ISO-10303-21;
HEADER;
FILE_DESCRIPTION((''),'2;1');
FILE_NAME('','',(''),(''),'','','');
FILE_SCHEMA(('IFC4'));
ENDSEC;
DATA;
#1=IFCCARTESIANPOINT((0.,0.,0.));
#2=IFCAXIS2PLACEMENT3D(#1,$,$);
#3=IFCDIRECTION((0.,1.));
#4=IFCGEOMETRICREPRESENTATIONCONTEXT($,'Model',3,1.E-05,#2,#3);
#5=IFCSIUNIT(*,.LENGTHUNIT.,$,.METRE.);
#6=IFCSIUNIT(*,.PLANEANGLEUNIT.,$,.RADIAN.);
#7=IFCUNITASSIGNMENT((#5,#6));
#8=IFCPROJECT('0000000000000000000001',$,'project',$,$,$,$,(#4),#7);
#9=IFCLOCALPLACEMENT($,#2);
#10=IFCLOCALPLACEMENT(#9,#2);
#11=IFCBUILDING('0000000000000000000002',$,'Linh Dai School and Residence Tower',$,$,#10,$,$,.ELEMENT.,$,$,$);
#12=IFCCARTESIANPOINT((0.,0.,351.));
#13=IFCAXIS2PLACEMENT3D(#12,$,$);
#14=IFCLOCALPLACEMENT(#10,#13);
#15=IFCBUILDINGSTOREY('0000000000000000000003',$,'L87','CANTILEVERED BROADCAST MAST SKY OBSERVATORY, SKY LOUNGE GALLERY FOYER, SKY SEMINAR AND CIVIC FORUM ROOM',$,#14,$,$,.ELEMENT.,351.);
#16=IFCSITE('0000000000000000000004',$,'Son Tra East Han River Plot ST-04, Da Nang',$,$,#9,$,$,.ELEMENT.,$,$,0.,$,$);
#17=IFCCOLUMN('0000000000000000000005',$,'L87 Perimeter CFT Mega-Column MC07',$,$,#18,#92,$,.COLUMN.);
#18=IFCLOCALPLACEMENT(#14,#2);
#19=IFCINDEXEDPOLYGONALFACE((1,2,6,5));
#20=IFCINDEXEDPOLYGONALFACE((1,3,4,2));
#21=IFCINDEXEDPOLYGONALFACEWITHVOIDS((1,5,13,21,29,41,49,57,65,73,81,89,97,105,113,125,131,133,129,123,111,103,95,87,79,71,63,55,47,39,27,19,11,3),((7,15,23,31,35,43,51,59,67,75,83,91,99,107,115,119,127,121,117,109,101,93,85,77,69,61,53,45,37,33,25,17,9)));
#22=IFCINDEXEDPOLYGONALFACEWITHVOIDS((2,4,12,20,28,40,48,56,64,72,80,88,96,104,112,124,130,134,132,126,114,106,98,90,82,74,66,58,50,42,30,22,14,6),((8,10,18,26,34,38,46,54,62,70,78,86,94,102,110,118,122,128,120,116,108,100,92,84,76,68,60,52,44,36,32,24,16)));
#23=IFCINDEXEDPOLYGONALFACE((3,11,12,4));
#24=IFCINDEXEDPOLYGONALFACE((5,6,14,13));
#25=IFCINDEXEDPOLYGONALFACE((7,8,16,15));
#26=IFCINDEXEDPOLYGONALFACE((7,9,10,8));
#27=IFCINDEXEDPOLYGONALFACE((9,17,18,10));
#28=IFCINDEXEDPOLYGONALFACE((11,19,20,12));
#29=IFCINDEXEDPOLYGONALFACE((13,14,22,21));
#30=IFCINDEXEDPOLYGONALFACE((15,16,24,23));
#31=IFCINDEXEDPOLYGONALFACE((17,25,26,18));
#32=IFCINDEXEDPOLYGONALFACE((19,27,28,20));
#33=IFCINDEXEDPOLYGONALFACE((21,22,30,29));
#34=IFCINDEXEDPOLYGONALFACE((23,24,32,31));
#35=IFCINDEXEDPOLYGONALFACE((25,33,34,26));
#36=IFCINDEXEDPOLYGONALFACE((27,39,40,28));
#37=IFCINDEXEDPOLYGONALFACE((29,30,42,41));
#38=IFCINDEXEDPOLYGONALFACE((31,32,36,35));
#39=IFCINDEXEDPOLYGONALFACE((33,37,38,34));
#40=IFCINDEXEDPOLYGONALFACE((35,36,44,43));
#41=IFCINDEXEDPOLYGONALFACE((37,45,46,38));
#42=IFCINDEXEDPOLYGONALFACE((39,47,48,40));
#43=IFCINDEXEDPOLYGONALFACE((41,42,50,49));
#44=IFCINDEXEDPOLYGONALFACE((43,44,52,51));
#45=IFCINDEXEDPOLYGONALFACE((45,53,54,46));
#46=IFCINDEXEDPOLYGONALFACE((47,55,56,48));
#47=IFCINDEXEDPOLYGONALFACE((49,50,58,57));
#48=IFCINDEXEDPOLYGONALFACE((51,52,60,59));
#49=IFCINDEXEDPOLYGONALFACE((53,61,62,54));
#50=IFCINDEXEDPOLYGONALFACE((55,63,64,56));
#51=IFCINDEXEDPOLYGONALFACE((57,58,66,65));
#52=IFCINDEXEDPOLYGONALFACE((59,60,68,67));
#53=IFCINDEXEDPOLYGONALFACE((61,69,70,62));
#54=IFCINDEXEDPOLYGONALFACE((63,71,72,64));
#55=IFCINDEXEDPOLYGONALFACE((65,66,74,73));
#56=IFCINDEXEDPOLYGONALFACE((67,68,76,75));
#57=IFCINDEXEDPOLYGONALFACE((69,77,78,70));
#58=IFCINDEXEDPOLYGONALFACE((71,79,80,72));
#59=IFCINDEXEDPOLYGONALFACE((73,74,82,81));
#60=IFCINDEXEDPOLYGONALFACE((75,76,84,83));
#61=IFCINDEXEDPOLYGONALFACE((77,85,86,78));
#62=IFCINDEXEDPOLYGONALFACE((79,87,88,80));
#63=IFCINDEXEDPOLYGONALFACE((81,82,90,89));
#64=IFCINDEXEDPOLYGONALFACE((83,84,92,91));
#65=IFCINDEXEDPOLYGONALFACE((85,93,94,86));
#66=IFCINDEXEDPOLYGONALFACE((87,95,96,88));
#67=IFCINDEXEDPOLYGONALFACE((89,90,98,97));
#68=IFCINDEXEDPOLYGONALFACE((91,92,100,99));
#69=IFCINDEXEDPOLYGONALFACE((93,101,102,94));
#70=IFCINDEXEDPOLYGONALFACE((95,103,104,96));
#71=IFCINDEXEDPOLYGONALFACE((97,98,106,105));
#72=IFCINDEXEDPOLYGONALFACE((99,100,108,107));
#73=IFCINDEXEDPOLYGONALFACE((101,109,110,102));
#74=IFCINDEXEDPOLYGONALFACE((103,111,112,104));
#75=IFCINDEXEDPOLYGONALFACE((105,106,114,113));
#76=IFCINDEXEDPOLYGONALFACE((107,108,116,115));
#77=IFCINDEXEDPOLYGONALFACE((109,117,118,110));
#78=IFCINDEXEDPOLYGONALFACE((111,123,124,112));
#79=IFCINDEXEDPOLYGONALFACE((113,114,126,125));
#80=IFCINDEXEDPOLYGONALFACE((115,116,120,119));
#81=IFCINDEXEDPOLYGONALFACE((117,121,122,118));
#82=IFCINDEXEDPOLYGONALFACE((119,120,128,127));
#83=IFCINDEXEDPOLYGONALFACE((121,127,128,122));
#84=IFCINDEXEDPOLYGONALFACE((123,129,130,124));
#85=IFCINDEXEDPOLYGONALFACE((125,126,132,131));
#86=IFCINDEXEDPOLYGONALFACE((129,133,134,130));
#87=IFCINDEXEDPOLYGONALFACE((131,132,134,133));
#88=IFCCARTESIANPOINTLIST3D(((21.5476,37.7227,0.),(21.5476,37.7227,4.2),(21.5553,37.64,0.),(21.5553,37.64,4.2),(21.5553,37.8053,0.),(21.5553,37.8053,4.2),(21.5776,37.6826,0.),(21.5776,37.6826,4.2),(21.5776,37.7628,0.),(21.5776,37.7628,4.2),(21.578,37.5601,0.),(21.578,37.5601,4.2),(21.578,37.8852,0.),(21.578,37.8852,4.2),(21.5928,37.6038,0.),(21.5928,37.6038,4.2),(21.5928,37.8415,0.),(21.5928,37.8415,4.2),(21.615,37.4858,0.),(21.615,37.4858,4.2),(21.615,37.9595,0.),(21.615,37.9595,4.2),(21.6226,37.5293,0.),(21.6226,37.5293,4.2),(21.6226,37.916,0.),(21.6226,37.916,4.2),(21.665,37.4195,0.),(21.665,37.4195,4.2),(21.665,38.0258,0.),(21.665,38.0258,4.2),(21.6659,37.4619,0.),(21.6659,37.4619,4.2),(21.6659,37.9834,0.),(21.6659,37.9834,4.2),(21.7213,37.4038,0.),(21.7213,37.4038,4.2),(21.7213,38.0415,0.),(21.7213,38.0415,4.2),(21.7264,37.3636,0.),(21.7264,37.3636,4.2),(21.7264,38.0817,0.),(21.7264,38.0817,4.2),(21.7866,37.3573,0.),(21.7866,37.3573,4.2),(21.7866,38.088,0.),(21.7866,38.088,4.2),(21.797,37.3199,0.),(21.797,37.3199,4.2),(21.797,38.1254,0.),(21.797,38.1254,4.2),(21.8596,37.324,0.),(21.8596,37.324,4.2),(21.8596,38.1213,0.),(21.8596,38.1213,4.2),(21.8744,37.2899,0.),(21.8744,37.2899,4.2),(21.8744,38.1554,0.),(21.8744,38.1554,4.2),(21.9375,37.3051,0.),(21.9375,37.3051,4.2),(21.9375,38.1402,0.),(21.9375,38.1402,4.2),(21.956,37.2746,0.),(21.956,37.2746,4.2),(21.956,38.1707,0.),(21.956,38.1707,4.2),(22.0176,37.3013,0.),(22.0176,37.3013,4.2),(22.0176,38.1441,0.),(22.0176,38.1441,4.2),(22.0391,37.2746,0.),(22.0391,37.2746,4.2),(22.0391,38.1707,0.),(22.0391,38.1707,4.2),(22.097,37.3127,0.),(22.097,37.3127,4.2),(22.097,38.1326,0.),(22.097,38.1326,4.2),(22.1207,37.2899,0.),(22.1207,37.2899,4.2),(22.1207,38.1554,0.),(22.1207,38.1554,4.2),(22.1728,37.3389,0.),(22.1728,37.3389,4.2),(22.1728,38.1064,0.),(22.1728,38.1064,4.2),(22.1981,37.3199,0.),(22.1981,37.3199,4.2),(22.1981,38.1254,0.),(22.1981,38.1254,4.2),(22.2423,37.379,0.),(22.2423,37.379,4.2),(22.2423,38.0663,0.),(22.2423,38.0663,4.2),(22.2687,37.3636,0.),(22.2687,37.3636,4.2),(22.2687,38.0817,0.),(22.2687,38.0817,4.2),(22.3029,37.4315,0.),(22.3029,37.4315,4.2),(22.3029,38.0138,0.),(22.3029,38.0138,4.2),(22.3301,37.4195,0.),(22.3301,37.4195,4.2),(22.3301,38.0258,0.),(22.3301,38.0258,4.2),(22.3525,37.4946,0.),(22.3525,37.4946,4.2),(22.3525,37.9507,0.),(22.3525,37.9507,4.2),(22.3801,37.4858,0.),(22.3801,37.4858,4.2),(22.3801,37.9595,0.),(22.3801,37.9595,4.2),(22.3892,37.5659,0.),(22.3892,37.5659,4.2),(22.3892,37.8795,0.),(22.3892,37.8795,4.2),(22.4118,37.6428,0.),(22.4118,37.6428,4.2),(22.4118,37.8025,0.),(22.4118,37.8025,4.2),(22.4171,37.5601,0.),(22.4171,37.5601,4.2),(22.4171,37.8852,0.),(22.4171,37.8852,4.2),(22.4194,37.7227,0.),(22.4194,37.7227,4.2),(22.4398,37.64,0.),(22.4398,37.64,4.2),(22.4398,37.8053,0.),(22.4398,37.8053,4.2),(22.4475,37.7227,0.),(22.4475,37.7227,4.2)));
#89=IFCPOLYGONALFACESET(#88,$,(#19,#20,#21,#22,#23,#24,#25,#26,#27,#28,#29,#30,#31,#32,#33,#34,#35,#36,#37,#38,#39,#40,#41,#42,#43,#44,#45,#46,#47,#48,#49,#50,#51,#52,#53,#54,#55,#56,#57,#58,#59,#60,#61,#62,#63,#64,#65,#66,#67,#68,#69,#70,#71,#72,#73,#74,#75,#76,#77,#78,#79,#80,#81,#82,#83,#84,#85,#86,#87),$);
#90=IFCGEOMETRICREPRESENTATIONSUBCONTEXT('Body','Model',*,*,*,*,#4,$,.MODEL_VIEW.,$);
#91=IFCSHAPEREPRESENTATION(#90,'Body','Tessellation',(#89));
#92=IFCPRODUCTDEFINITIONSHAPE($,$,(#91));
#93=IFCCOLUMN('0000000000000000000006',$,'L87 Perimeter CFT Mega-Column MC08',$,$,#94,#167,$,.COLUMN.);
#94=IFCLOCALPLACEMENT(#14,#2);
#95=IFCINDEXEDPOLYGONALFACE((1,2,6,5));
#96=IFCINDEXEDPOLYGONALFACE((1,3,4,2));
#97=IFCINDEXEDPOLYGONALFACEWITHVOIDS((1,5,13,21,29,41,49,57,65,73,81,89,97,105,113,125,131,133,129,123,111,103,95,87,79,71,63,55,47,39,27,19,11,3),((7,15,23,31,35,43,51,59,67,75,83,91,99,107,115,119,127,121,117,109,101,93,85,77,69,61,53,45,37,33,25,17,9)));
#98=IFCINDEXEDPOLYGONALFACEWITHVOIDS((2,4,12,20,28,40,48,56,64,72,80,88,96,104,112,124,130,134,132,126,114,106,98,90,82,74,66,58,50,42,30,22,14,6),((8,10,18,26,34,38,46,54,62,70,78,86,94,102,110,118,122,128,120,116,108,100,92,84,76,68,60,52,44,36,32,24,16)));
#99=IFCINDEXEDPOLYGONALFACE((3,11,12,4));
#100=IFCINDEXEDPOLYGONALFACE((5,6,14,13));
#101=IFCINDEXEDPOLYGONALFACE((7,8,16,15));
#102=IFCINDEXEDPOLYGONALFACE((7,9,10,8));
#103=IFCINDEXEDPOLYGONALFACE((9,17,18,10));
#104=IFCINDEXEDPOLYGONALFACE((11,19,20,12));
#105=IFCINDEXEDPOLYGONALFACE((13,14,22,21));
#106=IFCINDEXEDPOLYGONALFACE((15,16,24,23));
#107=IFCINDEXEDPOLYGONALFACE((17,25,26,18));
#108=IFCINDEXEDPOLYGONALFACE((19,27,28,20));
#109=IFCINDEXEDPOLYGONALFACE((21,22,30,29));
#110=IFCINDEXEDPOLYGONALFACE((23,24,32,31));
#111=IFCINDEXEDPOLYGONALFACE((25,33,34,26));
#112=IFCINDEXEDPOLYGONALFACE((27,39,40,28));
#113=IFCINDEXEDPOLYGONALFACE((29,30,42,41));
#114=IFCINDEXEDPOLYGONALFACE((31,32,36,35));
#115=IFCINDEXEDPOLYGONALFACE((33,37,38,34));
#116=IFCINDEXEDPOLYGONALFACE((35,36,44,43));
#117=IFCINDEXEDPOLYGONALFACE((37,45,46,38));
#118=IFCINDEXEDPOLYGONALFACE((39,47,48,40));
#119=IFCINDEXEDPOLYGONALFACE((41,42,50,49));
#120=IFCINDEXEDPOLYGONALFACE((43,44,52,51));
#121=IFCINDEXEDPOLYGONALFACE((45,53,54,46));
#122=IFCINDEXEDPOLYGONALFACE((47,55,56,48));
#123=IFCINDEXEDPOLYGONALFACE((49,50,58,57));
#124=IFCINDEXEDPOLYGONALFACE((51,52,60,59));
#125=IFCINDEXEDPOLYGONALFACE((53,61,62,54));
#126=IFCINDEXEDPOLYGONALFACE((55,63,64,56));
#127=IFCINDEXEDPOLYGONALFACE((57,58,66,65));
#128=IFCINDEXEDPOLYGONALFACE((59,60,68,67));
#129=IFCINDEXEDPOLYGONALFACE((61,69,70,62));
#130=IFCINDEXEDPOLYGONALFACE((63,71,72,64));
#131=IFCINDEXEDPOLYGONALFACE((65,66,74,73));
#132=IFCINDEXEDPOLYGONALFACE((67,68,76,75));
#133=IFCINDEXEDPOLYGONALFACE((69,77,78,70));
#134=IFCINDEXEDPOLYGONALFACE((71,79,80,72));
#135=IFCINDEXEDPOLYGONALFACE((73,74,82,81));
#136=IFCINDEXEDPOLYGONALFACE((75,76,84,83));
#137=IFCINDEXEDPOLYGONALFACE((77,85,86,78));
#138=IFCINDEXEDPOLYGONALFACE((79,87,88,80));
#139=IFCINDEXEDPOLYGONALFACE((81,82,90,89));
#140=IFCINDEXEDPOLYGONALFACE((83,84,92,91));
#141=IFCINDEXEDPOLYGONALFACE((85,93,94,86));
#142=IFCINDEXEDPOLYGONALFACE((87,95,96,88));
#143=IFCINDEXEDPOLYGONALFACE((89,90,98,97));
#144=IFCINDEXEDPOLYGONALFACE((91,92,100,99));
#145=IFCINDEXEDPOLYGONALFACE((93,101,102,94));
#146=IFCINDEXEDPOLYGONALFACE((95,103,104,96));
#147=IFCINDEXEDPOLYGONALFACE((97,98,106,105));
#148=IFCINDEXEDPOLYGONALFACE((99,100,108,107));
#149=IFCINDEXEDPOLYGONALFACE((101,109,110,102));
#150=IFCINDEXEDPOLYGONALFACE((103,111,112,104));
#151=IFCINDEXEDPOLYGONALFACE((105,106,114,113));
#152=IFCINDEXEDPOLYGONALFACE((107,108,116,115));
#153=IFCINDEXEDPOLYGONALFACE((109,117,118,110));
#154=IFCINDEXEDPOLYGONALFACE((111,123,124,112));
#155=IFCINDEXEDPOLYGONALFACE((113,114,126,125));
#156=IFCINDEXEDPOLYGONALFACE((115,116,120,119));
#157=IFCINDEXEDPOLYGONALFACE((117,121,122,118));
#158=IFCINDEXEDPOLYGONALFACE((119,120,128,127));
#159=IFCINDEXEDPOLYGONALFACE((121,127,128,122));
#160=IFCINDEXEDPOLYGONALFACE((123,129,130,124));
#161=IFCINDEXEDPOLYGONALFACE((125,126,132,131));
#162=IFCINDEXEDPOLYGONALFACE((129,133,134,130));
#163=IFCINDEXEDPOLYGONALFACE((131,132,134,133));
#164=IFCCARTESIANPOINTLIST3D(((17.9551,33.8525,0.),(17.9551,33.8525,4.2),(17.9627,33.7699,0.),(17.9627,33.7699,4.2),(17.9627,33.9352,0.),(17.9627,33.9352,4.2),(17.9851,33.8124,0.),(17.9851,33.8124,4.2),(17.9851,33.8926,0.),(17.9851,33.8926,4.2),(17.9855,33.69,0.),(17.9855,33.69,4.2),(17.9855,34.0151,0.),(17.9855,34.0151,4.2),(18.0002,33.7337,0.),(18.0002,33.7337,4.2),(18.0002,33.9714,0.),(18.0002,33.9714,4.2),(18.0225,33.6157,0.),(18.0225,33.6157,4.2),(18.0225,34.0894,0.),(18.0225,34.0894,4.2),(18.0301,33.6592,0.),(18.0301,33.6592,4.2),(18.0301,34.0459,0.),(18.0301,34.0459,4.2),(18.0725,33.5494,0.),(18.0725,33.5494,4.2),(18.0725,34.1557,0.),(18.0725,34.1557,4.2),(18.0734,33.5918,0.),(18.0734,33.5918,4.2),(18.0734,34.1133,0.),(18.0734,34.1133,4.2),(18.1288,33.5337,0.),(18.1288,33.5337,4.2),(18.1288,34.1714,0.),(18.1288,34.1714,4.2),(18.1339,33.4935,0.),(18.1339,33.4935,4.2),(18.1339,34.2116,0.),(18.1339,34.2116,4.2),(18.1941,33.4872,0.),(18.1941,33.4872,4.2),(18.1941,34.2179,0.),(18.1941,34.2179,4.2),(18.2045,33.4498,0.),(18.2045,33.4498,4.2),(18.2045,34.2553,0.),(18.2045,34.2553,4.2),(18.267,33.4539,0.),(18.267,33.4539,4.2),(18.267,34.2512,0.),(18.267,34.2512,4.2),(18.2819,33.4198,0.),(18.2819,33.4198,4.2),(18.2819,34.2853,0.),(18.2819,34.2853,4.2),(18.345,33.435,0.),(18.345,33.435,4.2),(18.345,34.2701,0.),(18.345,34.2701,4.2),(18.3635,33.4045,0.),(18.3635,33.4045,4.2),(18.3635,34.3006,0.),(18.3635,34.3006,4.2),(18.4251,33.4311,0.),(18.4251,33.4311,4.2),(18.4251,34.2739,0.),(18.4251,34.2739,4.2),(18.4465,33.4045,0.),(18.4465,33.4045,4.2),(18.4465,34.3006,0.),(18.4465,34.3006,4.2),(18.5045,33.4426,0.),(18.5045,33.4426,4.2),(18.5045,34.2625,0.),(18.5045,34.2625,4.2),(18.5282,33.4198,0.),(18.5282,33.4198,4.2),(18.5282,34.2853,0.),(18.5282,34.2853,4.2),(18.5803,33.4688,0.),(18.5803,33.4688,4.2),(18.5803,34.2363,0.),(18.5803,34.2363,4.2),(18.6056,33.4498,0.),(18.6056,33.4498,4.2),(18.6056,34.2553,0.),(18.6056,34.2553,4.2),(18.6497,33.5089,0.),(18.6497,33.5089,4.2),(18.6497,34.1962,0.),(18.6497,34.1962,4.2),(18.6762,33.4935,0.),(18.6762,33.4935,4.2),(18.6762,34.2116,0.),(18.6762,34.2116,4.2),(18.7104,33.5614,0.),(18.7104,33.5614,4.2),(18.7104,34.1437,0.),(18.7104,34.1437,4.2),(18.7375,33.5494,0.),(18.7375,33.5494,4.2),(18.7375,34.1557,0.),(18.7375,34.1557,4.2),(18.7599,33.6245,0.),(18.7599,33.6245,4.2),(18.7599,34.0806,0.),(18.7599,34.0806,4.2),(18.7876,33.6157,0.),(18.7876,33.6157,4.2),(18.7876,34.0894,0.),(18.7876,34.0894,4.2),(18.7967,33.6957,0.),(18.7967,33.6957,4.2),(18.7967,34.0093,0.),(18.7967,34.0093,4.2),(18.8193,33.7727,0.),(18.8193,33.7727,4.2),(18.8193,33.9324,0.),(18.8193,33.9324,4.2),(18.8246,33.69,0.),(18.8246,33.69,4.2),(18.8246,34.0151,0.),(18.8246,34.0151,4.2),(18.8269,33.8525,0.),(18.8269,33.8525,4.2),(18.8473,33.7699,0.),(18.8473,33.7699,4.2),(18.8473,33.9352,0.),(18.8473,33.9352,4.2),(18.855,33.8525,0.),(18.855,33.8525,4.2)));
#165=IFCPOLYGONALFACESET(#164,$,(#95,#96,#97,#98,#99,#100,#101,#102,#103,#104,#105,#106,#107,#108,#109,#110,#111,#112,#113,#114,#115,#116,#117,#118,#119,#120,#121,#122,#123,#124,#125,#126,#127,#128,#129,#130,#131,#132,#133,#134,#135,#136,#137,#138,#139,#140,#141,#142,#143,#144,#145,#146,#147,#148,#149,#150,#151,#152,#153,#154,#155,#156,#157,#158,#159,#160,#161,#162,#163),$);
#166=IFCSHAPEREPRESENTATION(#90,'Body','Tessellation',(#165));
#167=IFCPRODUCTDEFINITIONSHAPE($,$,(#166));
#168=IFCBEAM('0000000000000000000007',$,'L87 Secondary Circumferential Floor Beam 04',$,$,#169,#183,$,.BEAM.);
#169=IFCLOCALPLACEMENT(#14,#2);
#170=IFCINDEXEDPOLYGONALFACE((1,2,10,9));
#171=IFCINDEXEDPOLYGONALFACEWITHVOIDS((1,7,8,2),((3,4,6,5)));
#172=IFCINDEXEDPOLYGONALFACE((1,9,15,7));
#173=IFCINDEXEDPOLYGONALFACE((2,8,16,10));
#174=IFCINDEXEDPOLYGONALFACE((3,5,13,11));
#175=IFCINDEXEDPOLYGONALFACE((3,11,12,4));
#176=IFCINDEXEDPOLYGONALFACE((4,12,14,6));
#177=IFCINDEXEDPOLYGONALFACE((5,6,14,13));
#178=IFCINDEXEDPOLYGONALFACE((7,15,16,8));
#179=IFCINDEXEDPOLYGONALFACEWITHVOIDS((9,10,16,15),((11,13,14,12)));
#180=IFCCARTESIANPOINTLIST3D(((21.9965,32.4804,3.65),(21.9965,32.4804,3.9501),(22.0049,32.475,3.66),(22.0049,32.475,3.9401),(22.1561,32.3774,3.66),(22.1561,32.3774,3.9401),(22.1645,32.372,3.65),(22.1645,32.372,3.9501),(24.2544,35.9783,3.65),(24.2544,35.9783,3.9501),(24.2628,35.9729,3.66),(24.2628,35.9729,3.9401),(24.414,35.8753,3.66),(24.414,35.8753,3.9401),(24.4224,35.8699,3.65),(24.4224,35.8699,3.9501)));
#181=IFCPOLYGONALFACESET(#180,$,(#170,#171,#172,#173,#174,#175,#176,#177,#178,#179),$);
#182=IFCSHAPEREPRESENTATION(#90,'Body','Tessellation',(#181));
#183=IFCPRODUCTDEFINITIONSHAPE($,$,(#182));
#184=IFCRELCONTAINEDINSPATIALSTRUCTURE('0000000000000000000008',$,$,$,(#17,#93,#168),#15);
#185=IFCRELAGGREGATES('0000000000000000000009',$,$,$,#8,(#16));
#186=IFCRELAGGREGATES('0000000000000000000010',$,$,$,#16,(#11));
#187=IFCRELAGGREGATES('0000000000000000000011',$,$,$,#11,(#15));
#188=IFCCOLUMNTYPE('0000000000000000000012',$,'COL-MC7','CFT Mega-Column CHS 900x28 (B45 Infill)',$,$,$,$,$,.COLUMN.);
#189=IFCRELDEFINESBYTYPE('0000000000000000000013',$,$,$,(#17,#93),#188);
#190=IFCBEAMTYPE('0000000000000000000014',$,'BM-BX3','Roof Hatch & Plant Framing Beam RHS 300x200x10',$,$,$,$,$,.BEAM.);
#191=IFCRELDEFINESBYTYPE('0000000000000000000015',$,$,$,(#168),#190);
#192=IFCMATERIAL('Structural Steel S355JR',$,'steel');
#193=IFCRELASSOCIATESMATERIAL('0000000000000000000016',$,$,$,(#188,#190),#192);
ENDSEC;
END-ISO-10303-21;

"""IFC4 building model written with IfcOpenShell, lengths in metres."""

from ifc_helpers import new_model, si_unit, direction, frame, origin, origin_2d, place, context, subcontext, project, spatial, hollow_rectangle, hollow_circle, extrude, material, material_profile, profile_set, type_object, element, save


model = new_model("IFC4")

# Units and contexts
model_context = context("Model", 3, precision=1e-05, world=origin(), true_north=direction((0.0, 1.0)))
body_context = subcontext(model_context, "Body", "Model", "MODEL_VIEW")
ifc_project = project(units=[si_unit("LENGTHUNIT", "METRE"), si_unit("PLANEANGLEUNIT", "RADIAN")], contexts=[model_context])

# Site, building, storey
site_placement = place(None, origin())
site = spatial("IfcSite", under=ifc_project, at=site_placement, Name="Son Tra East Han River Plot ST-04, Da Nang", CompositionType="ELEMENT", RefElevation=0.0)
building_placement = place(site_placement, origin())
building = spatial("IfcBuilding", under=site, at=building_placement, Name="Linh Dai School and Residence Tower", CompositionType="ELEMENT")
storey_placement = place(building_placement, frame((0.0, 0.0, 351.0)))
storey = spatial("IfcBuildingStorey", under=building, at=storey_placement, Name="L87", Description="CANTILEVERED BROADCAST MAST SKY OBSERVATORY, SKY LOUNGE GALLERY FOYER, SKY SEMINAR AND CIVIC FORUM ROOM", CompositionType="ELEMENT", Elevation=351.0)

# Columns
ifc_material_1 = material(Name="Structural Steel S355JR", Category="steel")
ifc_material_profile_1 = material_profile(ifc_material_1, hollow_circle(Radius=0.45, WallThickness=0.0281, at=origin_2d()), Name="CHS 900x28")
ifc_profile_set_1 = profile_set([ifc_material_profile_1], Name="Structural Steel S355JR")
column_type = type_object("IfcColumnType", Name="COL-MC7", Description="CFT Mega-Column CHS 900x28 (B45 Infill)", PredefinedType="COLUMN", material=ifc_profile_set_1)
for number, where, z_axis, x_axis, name in (
    (1, (21.9976, 37.7227, 0.0), (0.0, 0.0, 1.0), (1.0, 0.0, 0.0), "L87 Perimeter CFT Mega-Column MC07"),
    (2, (18.405, 33.8525, 0.0), (0.0, 0.0, 1.0), (1.0, 0.0, 0.0), "L87 Perimeter CFT Mega-Column MC08"),
):
    element("IfcColumn", number, at=place(storey_placement, frame(where, z_axis=z_axis, x_axis=x_axis)), inside=storey, type_object=column_type, Name=name, PredefinedType="COLUMN", context=body_context, shape_type="SweptSolid", body=[
        extrude(hollow_circle(Radius=0.45, WallThickness=0.0281, at=origin_2d()), origin(), (0.0, 0.0, 1.0), 4.2),
    ])

# Beam
ifc_material_profile_2 = material_profile(ifc_material_1, hollow_rectangle(XDim=0.2, YDim=0.3, WallThickness=0.01, at=origin_2d()), Name="RHS 300x200x10")
ifc_profile_set_2 = profile_set([ifc_material_profile_2], Name="Structural Steel S355JR")
beam_type_1 = type_object("IfcBeamType", Name="BM-BX3", Description="Roof Hatch & Plant Framing Beam RHS 300x200x10", PredefinedType="BEAM", material=ifc_profile_set_2)
beam_1_placement = place(storey_placement, frame((24.3384, 35.9241, 3.8), z_axis=(-0.542325, -0.840169, 0.0), x_axis=(0.840169, -0.542325, 0.0)))
element("IfcBeam", 3, at=beam_1_placement, inside=storey, type_object=beam_type_1, Name="L87 Secondary Circumferential Floor Beam 04", PredefinedType="BEAM", context=body_context, shape_type="SweptSolid", body=[
    extrude(hollow_rectangle(XDim=0.2, YDim=0.3, WallThickness=0.01, at=origin_2d()), origin(), (0.0, 0.0, 1.0), 4.1633),
])

save(model, "model.ifc")
